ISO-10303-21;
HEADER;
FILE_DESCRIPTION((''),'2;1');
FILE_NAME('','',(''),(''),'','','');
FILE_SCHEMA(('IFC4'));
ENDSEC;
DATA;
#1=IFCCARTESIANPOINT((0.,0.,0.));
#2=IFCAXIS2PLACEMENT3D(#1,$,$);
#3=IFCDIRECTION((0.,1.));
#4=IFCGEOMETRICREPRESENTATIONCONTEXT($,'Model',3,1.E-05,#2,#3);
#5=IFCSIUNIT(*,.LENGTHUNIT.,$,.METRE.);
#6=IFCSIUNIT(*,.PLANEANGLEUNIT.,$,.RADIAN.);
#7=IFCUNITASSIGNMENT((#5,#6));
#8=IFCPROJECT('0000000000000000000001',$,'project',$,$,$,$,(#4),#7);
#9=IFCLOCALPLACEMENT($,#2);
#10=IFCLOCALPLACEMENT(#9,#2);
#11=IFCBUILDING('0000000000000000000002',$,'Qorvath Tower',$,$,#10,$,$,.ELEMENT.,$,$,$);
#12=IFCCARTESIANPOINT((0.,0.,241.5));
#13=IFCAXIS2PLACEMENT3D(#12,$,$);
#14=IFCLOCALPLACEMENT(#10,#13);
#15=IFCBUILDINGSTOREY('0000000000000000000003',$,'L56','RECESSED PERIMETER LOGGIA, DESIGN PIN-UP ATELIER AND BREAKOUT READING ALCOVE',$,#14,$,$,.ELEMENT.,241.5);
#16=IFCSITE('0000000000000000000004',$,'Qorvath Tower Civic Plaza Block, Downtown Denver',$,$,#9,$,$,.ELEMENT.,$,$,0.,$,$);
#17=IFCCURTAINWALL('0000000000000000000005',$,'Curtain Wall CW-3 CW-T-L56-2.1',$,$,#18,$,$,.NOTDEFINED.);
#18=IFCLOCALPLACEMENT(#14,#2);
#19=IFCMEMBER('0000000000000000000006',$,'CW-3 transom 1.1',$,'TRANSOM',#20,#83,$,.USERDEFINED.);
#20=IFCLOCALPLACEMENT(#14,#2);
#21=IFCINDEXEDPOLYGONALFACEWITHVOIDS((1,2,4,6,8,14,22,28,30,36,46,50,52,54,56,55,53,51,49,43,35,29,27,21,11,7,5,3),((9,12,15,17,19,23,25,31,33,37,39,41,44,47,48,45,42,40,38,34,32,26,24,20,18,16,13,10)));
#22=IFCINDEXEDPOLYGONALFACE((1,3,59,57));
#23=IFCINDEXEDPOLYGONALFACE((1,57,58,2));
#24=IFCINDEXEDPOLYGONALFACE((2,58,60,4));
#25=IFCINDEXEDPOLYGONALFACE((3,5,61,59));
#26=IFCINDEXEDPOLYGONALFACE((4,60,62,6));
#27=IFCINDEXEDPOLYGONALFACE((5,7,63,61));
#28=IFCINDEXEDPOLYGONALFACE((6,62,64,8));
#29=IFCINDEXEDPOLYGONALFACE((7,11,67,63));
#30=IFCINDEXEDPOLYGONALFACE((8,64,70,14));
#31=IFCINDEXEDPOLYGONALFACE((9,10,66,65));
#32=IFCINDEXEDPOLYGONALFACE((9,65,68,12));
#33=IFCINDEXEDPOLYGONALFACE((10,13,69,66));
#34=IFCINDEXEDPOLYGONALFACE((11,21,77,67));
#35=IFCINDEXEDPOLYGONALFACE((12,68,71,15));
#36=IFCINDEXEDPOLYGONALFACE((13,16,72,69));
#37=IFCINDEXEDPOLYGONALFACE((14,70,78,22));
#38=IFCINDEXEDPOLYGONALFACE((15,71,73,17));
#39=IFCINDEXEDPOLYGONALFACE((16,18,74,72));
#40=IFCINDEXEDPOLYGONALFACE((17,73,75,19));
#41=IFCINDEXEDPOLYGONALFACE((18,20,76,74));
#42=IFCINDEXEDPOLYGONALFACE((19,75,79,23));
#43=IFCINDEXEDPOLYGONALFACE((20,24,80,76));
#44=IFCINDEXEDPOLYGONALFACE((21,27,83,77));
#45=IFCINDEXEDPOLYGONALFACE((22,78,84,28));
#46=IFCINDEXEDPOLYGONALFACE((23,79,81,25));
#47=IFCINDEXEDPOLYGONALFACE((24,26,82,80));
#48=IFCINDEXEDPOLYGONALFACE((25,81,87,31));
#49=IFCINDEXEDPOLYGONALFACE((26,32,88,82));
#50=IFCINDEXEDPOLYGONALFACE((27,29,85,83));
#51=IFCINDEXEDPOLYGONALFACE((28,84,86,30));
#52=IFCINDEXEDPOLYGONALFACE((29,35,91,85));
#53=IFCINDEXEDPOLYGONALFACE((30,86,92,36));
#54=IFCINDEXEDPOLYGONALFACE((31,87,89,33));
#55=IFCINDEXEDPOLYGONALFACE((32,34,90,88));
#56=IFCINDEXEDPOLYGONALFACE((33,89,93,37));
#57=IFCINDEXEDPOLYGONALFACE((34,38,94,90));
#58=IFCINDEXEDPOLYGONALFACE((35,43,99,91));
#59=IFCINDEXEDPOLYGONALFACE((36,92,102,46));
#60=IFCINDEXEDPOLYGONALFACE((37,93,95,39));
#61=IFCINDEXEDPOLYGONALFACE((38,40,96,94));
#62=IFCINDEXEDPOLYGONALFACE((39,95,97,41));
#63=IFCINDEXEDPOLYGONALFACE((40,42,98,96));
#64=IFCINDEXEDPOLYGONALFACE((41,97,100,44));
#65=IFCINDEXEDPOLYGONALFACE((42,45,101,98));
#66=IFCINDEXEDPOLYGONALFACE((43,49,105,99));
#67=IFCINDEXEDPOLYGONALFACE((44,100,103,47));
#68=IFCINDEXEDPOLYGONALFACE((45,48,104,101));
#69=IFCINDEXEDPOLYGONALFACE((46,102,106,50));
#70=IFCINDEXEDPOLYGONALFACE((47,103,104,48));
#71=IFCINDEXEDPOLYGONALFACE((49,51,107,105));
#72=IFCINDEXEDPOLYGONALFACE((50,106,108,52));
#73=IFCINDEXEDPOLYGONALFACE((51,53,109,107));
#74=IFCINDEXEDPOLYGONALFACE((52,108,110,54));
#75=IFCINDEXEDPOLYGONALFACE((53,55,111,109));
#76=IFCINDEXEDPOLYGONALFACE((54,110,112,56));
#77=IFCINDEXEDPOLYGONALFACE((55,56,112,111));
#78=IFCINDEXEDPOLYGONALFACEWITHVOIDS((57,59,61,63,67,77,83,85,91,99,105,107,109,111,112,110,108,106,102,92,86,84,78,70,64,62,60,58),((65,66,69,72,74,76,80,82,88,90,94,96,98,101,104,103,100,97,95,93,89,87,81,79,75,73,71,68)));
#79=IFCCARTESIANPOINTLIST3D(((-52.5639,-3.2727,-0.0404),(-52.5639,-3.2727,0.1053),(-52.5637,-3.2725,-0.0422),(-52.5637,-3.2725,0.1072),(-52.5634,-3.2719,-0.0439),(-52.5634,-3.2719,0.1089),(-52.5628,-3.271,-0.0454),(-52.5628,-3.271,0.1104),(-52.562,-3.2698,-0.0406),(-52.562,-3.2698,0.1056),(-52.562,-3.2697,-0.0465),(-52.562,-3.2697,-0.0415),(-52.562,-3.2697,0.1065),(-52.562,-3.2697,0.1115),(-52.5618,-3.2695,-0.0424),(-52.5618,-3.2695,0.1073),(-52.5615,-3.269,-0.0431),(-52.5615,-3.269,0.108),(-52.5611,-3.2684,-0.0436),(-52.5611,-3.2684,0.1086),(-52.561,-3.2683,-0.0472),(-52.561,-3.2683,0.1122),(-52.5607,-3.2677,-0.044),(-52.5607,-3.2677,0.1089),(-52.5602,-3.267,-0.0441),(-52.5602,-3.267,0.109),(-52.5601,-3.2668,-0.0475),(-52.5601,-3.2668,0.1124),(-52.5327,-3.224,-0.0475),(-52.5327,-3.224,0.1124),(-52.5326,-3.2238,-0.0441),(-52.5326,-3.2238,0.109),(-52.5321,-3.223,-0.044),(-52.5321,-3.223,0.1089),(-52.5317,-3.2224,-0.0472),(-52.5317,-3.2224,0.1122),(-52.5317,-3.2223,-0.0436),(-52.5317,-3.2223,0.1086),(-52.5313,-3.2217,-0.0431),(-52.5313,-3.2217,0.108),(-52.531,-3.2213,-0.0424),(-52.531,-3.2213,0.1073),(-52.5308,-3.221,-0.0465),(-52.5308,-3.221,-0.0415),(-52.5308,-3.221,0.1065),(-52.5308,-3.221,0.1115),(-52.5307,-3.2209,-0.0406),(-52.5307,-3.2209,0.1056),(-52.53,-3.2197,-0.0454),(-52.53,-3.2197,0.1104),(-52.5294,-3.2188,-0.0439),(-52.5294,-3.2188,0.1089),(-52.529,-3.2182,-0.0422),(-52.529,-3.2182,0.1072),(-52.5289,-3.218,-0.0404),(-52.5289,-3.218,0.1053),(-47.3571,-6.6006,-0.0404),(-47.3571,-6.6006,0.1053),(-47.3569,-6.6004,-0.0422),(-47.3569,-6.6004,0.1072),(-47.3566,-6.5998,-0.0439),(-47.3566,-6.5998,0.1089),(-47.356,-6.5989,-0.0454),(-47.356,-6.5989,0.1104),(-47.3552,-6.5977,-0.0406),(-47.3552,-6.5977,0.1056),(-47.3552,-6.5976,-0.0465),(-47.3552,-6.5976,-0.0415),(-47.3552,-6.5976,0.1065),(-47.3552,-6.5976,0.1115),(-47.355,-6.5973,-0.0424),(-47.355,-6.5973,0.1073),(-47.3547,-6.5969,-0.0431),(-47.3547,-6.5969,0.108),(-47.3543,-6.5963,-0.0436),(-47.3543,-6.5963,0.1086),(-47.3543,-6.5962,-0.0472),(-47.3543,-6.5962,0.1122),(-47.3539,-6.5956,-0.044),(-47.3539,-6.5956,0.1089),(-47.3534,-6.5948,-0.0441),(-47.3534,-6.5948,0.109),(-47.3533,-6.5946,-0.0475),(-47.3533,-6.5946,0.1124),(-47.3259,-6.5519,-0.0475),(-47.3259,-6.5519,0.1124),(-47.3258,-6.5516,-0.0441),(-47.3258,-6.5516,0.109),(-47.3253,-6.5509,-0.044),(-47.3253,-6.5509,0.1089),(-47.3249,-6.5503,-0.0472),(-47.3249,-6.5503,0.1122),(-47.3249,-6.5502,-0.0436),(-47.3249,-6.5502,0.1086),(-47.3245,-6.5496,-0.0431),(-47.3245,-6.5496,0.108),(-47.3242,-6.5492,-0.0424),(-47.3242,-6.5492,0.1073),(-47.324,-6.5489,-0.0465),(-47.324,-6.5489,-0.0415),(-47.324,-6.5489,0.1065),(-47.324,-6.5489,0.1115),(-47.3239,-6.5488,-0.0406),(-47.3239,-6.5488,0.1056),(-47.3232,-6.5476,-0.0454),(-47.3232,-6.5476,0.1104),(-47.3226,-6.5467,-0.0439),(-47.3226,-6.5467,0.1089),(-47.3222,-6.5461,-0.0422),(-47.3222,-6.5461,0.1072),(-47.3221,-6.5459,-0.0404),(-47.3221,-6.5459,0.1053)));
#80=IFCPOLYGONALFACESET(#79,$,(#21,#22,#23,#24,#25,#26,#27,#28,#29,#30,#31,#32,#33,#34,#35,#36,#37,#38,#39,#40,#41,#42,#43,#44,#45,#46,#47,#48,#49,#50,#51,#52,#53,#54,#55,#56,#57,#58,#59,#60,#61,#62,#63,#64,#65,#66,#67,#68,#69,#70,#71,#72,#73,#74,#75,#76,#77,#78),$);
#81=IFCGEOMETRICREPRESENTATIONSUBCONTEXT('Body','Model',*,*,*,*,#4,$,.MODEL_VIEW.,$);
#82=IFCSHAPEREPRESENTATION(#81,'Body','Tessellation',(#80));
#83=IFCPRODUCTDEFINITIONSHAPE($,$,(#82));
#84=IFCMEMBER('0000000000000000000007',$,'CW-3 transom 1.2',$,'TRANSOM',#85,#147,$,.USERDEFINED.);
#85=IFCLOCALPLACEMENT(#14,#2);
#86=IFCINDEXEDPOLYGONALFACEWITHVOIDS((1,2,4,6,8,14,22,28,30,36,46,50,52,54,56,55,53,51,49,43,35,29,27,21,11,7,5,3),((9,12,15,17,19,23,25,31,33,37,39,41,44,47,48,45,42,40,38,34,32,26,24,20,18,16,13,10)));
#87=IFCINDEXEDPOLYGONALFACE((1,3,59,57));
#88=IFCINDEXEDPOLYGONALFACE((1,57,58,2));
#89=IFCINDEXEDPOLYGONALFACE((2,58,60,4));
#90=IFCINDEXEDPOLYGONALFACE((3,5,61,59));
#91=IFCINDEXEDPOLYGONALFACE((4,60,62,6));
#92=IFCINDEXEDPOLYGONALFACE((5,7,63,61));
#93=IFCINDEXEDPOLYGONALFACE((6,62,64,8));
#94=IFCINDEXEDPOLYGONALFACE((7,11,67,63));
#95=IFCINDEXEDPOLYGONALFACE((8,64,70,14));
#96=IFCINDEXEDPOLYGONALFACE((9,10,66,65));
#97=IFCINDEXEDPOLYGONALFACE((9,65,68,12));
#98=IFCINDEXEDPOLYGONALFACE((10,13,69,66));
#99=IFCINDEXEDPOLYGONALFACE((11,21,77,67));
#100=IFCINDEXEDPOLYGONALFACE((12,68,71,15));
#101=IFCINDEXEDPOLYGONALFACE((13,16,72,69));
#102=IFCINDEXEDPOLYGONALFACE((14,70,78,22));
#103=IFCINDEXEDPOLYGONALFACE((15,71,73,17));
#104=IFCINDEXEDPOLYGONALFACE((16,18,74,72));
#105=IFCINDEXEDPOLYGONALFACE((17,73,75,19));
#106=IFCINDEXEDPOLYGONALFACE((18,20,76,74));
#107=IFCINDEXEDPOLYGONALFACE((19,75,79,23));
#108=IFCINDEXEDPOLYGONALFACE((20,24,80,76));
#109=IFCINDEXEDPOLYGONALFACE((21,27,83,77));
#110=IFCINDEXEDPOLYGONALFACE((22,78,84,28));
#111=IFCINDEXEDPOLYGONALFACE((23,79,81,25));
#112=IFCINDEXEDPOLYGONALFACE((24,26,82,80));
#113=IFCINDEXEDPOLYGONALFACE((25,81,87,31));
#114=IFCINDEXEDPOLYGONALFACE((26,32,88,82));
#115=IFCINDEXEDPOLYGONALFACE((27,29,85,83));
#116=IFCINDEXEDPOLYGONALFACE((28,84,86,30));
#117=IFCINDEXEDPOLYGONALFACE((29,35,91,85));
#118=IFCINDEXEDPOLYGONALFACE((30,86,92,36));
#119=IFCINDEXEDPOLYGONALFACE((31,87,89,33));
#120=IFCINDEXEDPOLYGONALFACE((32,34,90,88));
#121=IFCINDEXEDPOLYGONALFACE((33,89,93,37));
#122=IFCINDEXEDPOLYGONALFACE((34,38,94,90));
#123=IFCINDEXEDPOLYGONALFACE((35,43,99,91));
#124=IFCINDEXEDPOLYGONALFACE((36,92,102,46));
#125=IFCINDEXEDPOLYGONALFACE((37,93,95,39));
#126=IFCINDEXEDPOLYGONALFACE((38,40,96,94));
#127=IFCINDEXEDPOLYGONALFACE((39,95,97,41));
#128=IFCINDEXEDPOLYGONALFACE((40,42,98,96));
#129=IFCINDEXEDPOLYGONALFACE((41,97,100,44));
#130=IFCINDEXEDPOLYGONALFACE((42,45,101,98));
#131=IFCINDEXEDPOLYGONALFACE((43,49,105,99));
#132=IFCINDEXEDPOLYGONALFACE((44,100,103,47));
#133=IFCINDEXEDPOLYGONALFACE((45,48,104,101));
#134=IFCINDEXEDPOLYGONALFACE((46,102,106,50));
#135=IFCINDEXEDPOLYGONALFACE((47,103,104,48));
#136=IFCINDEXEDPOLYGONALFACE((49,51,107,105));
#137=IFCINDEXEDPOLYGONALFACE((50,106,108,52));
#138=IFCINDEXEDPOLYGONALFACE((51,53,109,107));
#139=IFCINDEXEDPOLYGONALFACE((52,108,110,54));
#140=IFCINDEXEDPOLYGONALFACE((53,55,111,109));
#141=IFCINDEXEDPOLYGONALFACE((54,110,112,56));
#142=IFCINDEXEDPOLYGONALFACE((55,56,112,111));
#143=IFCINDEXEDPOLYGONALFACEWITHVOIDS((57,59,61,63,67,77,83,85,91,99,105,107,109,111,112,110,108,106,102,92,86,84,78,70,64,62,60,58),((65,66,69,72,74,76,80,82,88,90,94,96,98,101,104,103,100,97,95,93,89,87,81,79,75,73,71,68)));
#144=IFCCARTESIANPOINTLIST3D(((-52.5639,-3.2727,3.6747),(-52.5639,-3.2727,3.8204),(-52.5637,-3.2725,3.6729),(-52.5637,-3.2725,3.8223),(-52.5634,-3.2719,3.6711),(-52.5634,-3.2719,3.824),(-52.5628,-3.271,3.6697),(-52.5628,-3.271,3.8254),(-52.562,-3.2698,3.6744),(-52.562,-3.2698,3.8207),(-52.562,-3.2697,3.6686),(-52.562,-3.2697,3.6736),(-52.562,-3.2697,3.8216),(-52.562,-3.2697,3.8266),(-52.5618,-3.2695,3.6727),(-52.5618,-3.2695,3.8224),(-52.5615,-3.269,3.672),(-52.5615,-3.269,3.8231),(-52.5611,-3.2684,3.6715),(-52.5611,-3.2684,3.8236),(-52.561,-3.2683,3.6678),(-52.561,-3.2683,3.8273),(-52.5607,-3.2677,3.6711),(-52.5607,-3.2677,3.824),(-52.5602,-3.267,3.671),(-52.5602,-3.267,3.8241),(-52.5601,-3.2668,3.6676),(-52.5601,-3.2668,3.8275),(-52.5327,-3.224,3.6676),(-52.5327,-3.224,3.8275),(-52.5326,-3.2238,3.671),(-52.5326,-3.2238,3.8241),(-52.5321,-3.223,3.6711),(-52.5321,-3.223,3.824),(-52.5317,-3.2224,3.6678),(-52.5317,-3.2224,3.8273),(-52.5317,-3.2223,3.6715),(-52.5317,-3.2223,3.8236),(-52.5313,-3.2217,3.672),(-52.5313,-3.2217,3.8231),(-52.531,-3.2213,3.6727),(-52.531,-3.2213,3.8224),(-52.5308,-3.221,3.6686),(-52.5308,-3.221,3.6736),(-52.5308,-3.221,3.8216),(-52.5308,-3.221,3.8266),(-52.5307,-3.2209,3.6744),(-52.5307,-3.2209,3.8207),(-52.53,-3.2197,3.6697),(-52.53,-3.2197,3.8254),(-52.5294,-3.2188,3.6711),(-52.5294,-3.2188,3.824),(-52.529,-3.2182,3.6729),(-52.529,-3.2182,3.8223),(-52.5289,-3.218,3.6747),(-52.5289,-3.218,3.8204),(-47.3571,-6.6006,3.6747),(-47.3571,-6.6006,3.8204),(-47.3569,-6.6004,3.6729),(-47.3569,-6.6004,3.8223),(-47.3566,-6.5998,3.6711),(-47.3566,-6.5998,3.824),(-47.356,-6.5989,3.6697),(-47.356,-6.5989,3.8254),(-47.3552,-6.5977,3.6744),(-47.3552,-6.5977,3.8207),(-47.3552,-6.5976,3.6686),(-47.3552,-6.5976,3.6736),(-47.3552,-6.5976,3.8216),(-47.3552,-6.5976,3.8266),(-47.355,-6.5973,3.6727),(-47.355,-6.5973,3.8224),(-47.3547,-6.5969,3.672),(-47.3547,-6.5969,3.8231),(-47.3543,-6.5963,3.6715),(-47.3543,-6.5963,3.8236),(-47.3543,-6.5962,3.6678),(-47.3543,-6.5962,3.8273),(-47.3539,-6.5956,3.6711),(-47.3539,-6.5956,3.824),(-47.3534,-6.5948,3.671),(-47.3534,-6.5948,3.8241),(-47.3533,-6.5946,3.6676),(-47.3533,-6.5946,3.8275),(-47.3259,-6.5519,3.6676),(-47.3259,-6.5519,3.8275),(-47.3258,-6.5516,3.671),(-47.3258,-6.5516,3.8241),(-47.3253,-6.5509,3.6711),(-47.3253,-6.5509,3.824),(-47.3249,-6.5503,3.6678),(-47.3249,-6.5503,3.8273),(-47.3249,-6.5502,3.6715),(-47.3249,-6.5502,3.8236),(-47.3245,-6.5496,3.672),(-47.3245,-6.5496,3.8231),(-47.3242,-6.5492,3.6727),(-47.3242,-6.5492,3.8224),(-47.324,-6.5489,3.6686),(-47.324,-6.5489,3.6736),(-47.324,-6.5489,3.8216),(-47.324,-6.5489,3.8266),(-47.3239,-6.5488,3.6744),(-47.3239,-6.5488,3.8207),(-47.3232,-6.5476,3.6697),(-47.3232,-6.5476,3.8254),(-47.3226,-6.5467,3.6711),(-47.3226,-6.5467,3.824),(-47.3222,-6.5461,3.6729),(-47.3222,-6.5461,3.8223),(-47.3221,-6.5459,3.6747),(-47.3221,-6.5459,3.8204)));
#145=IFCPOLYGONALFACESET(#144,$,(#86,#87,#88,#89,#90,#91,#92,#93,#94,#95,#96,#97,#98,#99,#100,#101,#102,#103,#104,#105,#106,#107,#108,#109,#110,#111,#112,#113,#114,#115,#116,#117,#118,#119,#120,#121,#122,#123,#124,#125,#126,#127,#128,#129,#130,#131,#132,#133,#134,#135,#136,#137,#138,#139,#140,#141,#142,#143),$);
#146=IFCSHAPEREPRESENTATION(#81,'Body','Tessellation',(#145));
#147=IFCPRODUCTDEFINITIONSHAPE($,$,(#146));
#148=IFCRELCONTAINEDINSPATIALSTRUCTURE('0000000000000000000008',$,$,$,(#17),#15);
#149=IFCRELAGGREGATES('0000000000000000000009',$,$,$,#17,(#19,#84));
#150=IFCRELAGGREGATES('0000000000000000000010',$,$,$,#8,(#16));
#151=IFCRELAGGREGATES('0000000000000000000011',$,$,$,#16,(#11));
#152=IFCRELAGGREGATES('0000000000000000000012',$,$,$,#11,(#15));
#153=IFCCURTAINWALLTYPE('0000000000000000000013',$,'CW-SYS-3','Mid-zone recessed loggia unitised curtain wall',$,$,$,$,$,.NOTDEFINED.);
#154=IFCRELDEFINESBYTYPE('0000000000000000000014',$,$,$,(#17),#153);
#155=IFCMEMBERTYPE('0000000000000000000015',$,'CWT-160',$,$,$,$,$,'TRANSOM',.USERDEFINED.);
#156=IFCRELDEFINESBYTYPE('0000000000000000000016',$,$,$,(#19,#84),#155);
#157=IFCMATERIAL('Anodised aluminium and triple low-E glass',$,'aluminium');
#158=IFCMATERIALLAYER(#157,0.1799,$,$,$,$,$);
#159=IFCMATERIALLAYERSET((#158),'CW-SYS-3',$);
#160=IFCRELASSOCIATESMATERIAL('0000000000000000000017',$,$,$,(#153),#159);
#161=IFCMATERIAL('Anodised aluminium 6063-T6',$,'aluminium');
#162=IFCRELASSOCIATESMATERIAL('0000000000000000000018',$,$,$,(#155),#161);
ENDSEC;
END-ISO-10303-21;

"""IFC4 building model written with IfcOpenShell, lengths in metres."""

from ifc_helpers import new_model, si_unit, direction, frame, origin, origin_2d, place, context, subcontext, project, spatial, hollow_rectangle, extrude, material, layer, layer_set, material_profile, profile_set, type_object, element, aggregate, save


model = new_model("IFC4")

# Units and contexts
model_context = context("Model", 3, precision=1e-05, world=origin(), true_north=direction((0.0, 1.0)))
body_context = subcontext(model_context, "Body", "Model", "MODEL_VIEW")
ifc_project = project(units=[si_unit("LENGTHUNIT", "METRE"), si_unit("PLANEANGLEUNIT", "RADIAN")], contexts=[model_context])

# Site, building, storey
site_placement = place(None, origin())
site = spatial("IfcSite", under=ifc_project, at=site_placement, Name="Qorvath Tower Civic Plaza Block, Downtown Denver", CompositionType="ELEMENT", RefElevation=0.0)
building_placement = place(site_placement, origin())
building = spatial("IfcBuilding", under=site, at=building_placement, Name="Qorvath Tower", CompositionType="ELEMENT")
storey_placement = place(building_placement, frame((0.0, 0.0, 241.5)))
storey = spatial("IfcBuildingStorey", under=building, at=storey_placement, Name="L56", Description="RECESSED PERIMETER LOGGIA, DESIGN PIN-UP ATELIER AND BREAKOUT READING ALCOVE", CompositionType="ELEMENT", Elevation=241.5)

# Curtain wall, members
ifc_material_1 = material(Name="Anodised aluminium and triple low-E glass", Category="aluminium")
ifc_layer_1 = layer(ifc_material_1, 0.1799)
ifc_layer_set_1 = layer_set([ifc_layer_1], Name="CW-SYS-3")
curtain_wall_type = type_object("IfcCurtainWallType", Name="CW-SYS-3", Description="Mid-zone recessed loggia unitised curtain wall", PredefinedType="NOTDEFINED", material=ifc_layer_set_1)
curtain_wall_placement = place(storey_placement, origin())
curtain_wall = element("IfcCurtainWall", 1, at=curtain_wall_placement, inside=storey, type_object=curtain_wall_type, Name="Curtain Wall CW-3 CW-T-L56-2.1", PredefinedType="NOTDEFINED")
ifc_material_2 = material(Name="Anodised aluminium 6063-T6", Category="aluminium")
ifc_material_profile_1 = material_profile(ifc_material_2, hollow_rectangle(XDim=0.0649, YDim=0.1599, WallThickness=0.0034, InnerFilletRadius=0.0034, OuterFilletRadius=0.0071, at=origin_2d()), Name="CWT 160x65")
ifc_profile_set_1 = profile_set([ifc_material_profile_1], Name="Anodised aluminium 6063-T6")
member_type_1 = type_object("IfcMemberType", Name="CWT-160", ElementType="TRANSOM", PredefinedType="USERDEFINED", material=ifc_profile_set_1)
member_1_placement = place(storey_placement, frame((-52.5464, -3.2454, 0.0325), z_axis=(0.842599, -0.538541, 0.0), x_axis=(0.538541, 0.842599, 0.0)))
member_1 = element("IfcMember", 2, at=member_1_placement, type_object=member_type_1, Name="CW-3 transom 1.1", ObjectType="TRANSOM", PredefinedType="USERDEFINED", context=body_context, shape_type="SweptSolid", body=[
    extrude(hollow_rectangle(XDim=0.0649, YDim=0.1599, WallThickness=0.0034, InnerFilletRadius=0.0034, OuterFilletRadius=0.0071, at=origin_2d()), origin(), (0.0, 0.0, 1.0), 6.1794),
])
member_2_placement = place(storey_placement, frame((-52.5464, -3.2454, 3.7476), z_axis=(0.842599, -0.538541, 0.0), x_axis=(0.538541, 0.842599, 0.0)))
member_2 = element("IfcMember", 3, at=member_2_placement, type_object=member_type_1, Name="CW-3 transom 1.2", ObjectType="TRANSOM", PredefinedType="USERDEFINED", context=body_context, shape_type="SweptSolid", body=[
    extrude(hollow_rectangle(XDim=0.0649, YDim=0.1599, WallThickness=0.0034, InnerFilletRadius=0.0034, OuterFilletRadius=0.0071, at=origin_2d()), origin(), (0.0, 0.0, 1.0), 6.1794),
])
aggregate(curtain_wall, [member_1, member_2])

save(model, "model.ifc")
